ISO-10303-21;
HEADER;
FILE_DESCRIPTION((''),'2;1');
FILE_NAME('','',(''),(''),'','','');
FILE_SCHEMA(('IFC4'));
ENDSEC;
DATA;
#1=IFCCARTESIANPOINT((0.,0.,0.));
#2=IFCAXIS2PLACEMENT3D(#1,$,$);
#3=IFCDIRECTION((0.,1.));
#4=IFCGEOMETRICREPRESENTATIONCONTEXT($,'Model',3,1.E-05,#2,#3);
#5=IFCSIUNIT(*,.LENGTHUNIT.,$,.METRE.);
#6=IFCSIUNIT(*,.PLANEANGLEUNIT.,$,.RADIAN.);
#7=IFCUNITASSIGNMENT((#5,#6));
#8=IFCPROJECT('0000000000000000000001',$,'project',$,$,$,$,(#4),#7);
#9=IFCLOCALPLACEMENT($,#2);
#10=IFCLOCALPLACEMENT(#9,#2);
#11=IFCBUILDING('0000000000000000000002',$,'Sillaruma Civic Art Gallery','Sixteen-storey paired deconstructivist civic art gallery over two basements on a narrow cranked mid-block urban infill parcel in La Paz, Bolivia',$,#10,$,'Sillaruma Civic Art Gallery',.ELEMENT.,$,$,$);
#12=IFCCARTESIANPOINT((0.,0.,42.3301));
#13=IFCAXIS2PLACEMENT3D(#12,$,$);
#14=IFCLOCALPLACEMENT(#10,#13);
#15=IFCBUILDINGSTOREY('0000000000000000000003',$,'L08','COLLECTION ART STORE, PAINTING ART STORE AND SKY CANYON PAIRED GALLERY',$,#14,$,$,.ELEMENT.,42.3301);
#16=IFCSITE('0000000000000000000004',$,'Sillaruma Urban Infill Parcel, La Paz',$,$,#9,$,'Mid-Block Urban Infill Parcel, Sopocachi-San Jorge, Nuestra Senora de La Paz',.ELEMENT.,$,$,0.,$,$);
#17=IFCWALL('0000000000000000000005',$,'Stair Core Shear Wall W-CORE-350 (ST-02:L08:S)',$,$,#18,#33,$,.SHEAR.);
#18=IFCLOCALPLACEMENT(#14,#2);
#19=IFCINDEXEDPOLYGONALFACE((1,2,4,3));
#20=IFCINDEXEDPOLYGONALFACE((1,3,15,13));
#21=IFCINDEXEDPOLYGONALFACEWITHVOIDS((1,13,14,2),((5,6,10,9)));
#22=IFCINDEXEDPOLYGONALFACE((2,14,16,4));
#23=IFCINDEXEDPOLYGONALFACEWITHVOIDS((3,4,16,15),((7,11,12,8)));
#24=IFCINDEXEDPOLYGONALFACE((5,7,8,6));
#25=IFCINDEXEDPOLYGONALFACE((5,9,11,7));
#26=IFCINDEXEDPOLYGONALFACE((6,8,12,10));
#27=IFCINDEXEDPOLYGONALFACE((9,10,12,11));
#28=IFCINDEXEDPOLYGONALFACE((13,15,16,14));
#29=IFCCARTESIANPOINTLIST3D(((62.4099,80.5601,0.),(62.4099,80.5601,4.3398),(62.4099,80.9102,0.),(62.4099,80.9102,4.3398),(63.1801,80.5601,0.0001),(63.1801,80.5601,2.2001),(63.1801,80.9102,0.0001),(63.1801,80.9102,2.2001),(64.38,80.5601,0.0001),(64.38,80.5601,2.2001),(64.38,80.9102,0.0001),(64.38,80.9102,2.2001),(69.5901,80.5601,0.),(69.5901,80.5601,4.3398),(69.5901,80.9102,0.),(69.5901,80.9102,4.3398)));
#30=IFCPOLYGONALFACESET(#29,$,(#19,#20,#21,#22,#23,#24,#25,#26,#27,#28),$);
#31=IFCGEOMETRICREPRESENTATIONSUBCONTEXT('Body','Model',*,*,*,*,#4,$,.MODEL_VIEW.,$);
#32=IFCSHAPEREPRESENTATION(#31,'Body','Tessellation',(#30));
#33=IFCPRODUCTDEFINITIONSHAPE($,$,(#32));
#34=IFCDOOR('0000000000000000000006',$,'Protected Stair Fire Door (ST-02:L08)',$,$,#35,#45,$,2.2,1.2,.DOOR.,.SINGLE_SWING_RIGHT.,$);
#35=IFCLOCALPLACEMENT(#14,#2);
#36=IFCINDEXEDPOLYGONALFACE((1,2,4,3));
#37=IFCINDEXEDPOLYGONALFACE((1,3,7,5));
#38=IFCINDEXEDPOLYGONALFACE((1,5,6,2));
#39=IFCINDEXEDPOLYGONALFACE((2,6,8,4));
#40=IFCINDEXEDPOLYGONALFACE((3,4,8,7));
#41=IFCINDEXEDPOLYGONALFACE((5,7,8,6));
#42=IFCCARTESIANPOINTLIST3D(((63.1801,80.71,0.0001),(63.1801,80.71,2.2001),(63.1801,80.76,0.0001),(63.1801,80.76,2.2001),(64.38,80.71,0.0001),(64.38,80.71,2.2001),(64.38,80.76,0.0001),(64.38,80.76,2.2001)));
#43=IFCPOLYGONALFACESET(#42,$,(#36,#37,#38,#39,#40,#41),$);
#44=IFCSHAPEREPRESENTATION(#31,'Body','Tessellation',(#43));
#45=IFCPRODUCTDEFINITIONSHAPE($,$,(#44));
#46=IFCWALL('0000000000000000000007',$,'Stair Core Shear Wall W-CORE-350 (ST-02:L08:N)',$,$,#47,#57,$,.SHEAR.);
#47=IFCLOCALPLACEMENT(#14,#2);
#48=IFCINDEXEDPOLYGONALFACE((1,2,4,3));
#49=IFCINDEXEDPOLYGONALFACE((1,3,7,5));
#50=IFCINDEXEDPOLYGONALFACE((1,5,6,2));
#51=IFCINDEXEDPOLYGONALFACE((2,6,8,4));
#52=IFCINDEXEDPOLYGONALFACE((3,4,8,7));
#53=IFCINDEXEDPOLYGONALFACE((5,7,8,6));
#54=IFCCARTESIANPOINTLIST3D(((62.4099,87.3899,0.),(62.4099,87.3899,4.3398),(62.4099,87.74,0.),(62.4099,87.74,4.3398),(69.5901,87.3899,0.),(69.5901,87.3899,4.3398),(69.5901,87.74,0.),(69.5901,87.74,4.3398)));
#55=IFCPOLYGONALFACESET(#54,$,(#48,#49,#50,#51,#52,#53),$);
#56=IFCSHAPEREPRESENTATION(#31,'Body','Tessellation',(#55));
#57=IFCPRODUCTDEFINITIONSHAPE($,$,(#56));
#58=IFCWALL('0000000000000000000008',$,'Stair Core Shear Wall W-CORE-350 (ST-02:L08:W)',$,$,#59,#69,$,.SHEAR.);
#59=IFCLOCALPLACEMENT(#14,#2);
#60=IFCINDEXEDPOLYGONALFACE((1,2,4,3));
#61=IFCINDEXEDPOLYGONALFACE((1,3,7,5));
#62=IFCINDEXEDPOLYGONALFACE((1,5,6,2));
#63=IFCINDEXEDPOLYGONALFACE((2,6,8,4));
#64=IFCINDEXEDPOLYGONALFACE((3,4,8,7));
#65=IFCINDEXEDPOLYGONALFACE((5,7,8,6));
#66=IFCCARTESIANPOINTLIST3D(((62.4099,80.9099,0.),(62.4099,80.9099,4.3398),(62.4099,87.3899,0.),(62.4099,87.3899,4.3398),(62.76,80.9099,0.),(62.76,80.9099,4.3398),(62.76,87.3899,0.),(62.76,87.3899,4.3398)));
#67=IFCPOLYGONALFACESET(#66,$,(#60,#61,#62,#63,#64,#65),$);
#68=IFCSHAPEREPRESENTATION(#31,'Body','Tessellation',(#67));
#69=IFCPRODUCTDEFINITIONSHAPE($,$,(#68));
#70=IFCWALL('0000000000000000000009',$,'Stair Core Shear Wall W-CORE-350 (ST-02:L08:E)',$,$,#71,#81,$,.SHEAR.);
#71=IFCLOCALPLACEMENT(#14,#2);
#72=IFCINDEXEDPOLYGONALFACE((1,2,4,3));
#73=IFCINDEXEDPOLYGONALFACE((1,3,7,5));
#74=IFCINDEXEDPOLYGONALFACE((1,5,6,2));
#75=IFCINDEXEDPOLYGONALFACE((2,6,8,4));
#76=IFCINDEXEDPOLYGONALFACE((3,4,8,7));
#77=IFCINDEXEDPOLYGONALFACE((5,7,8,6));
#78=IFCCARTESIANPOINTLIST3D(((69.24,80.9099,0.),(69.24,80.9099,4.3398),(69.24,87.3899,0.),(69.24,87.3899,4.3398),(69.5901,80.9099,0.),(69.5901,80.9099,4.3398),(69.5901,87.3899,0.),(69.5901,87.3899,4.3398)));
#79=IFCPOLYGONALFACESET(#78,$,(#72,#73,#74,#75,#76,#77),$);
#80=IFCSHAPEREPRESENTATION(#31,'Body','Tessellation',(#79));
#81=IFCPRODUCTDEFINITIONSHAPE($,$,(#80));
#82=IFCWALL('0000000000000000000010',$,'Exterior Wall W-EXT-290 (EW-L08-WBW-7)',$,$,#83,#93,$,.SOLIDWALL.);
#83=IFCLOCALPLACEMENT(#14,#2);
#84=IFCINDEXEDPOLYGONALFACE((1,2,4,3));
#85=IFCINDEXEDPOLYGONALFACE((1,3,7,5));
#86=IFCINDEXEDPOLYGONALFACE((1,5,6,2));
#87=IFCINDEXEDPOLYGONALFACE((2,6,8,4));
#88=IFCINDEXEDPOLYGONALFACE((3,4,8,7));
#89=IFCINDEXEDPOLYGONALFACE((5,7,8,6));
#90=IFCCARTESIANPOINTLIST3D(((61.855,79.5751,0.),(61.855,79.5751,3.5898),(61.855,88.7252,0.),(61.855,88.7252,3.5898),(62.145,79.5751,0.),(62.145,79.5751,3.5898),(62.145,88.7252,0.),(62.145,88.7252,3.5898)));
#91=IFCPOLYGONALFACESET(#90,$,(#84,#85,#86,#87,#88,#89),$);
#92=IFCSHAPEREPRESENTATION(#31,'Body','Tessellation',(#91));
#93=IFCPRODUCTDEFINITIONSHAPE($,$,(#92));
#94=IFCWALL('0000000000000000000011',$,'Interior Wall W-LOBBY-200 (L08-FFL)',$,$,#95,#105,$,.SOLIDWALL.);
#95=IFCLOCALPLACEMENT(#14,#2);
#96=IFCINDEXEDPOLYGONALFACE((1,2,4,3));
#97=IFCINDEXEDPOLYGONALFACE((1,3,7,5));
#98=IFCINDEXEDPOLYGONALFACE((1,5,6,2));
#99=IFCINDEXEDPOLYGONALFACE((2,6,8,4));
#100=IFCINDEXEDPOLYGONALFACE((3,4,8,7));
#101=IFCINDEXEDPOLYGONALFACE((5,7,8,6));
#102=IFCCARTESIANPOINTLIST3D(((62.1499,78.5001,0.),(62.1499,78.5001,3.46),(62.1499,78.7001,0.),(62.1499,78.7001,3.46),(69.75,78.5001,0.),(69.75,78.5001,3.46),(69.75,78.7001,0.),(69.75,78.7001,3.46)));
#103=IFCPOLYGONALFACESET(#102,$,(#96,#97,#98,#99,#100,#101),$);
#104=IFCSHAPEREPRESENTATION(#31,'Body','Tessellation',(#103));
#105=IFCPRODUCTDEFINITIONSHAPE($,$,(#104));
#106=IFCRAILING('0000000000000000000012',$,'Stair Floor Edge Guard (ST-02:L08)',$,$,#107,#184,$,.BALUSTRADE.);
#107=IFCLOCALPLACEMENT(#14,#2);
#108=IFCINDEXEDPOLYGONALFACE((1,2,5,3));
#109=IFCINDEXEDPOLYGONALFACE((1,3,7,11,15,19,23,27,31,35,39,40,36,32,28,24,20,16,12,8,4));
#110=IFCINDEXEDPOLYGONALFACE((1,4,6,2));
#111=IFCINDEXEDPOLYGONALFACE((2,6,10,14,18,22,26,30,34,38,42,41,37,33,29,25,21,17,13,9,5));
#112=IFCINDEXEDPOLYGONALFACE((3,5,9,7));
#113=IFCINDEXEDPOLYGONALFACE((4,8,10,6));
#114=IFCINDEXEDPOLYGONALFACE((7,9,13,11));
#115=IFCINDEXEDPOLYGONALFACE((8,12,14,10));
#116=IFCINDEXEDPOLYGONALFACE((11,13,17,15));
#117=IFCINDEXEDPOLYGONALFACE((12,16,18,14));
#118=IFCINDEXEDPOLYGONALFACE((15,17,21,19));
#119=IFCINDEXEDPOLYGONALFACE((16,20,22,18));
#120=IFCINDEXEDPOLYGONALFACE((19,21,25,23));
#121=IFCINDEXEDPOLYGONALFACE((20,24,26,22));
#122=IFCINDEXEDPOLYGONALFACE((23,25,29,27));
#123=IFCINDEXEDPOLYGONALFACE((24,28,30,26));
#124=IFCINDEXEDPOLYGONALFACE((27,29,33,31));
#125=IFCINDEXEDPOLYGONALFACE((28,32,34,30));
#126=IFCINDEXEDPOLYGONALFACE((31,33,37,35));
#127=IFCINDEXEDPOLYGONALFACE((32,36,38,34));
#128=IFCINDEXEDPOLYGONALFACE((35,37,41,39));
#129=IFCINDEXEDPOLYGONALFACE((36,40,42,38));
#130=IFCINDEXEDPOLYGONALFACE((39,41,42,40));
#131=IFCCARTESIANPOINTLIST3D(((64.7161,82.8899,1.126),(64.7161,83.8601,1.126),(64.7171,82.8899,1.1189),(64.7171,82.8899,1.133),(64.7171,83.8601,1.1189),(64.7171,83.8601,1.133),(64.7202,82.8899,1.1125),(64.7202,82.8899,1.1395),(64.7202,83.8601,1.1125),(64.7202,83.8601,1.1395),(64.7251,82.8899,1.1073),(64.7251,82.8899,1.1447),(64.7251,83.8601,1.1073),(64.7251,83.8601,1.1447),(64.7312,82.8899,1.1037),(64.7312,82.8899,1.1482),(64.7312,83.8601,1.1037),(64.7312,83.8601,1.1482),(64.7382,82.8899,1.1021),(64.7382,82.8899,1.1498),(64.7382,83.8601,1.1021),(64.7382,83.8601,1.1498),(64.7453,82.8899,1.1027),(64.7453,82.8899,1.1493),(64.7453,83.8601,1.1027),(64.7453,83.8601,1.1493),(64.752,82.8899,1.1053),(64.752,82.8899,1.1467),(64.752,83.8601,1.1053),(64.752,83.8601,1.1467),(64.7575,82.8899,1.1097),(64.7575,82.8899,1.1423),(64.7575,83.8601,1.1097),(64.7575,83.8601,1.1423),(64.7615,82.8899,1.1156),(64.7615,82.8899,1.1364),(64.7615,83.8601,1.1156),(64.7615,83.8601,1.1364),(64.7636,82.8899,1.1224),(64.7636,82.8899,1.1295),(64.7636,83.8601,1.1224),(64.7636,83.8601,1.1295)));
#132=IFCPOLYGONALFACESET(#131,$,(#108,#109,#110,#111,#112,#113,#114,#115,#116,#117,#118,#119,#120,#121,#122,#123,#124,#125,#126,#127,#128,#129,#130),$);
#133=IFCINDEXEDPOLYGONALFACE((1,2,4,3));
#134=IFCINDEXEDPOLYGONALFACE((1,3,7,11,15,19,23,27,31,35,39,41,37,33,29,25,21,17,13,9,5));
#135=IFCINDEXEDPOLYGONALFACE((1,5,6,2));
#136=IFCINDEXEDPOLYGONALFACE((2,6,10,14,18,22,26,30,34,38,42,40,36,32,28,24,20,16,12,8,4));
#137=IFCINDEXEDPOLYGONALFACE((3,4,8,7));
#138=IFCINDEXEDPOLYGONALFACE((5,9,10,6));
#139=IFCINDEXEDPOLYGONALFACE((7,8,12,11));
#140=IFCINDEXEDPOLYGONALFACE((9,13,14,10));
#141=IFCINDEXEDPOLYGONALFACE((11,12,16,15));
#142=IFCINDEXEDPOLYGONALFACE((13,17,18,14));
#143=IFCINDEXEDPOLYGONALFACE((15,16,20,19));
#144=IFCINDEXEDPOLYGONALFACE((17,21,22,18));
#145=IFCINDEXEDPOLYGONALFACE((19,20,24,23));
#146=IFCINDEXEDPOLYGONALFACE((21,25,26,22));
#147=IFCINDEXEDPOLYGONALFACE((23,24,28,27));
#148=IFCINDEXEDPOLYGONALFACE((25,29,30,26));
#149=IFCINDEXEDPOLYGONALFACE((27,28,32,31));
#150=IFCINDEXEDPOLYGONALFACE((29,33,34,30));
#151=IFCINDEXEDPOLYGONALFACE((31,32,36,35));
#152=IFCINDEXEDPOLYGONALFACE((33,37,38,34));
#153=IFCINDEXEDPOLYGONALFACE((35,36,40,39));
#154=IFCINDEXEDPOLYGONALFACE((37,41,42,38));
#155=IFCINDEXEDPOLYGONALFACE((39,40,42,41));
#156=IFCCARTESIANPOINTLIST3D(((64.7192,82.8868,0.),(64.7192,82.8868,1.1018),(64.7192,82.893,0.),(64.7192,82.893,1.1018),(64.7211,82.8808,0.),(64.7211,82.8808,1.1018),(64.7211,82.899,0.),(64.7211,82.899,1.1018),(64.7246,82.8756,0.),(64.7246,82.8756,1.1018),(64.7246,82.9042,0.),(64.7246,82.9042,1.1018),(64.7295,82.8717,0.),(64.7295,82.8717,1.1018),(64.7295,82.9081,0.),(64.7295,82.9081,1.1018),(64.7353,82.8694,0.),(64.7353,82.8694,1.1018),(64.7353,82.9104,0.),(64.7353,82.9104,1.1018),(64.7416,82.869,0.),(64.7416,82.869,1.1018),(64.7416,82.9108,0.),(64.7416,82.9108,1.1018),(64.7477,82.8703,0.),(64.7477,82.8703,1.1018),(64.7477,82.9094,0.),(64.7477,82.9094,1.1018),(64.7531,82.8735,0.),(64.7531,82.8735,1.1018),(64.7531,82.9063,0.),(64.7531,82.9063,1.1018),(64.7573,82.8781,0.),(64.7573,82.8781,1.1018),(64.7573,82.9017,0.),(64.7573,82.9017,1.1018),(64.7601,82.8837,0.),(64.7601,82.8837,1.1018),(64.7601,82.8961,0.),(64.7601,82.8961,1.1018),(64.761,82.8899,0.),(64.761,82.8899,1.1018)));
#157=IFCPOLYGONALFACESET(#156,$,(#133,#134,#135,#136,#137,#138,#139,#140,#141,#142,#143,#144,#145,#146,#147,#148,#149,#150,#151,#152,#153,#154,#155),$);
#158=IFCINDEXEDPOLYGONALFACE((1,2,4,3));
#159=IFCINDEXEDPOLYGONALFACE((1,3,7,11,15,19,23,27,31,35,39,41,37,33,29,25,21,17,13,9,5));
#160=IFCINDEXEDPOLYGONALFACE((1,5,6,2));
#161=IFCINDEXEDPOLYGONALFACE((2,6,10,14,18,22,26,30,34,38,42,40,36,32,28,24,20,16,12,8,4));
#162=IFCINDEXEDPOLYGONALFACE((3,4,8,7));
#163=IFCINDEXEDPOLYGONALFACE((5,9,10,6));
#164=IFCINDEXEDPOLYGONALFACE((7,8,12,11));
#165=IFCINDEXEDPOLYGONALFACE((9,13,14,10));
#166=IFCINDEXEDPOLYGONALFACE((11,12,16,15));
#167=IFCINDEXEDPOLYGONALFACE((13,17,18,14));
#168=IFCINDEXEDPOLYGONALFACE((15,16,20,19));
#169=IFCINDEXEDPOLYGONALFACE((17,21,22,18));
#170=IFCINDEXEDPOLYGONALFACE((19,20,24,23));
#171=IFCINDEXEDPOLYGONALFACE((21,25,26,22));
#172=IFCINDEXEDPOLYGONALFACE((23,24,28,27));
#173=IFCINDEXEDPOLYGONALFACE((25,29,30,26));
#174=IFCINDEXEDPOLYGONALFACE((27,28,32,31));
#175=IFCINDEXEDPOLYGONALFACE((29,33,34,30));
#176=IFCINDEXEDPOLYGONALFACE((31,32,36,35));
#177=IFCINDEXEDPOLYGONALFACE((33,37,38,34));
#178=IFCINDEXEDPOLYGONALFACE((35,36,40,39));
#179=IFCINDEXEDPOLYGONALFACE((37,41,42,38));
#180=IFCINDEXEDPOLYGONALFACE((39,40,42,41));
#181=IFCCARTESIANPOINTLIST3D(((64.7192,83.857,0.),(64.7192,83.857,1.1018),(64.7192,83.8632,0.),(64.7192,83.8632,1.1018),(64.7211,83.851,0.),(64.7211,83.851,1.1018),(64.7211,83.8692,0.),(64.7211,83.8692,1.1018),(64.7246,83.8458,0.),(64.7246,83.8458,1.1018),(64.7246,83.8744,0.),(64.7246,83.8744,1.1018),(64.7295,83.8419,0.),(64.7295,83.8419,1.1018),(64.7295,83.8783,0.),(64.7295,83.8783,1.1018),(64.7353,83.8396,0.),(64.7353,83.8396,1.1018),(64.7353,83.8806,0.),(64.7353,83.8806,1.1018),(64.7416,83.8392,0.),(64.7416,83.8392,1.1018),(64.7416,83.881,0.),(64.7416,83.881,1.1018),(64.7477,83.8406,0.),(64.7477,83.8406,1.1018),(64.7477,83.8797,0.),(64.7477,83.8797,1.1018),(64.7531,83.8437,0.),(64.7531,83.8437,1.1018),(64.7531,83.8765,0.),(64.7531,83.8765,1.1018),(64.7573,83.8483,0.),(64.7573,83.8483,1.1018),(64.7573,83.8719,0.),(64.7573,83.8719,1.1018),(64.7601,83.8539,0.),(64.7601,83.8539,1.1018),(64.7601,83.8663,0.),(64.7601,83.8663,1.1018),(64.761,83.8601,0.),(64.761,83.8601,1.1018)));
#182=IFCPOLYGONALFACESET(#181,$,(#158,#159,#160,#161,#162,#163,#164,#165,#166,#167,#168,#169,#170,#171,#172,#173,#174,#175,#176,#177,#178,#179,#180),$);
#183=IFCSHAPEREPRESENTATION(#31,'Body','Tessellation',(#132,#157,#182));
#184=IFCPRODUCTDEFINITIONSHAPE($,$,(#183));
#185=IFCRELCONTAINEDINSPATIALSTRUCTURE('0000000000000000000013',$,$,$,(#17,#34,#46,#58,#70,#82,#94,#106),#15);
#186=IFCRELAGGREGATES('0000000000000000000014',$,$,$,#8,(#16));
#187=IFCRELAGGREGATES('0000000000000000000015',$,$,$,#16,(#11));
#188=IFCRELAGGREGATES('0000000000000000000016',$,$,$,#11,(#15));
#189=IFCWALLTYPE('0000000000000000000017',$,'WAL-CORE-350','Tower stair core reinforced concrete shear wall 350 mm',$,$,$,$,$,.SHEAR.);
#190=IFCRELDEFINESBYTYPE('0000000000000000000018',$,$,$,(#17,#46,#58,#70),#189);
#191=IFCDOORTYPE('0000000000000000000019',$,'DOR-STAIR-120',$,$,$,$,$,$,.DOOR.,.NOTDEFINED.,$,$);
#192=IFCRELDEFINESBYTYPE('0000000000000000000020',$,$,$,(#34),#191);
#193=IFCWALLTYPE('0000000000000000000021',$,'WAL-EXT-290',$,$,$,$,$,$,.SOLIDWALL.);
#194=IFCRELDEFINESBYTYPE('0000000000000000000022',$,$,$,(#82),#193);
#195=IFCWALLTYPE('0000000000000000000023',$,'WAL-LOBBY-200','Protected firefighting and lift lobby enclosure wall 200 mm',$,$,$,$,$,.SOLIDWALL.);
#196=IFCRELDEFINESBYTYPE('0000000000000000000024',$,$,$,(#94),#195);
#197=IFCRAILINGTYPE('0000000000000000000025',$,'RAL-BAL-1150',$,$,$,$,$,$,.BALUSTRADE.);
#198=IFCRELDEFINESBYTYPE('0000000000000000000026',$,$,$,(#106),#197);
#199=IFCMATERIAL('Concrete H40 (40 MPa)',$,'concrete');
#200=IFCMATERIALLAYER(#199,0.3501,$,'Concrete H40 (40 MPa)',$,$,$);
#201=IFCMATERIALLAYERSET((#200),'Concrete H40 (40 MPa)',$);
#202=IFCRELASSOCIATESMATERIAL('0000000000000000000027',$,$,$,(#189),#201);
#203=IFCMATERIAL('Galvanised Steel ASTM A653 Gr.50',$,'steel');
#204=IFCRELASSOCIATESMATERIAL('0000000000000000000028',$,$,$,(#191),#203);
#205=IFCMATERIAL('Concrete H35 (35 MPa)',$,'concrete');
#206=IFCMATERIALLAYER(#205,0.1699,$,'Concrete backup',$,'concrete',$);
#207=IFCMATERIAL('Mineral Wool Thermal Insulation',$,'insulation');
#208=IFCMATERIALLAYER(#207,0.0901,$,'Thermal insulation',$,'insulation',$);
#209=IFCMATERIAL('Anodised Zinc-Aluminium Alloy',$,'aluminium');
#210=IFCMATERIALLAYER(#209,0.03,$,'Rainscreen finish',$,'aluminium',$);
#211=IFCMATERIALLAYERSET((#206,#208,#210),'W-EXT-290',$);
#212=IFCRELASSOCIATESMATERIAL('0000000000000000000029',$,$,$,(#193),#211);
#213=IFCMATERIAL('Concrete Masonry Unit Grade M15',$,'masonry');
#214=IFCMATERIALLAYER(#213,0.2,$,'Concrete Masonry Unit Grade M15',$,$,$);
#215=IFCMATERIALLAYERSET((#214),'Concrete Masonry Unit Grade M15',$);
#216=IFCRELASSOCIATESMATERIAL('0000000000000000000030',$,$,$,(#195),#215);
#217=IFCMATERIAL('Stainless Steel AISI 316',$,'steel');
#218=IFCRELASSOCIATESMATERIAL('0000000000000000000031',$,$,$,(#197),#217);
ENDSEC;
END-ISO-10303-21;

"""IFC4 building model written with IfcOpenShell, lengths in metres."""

from ifc_helpers import new_model, si_unit, direction, frame, frame_2d, origin, origin_2d, place, context, subcontext, project, spatial, rectangle, circle, extrude, material, layer, layer_set, type_object, element, fill, save


model = new_model("IFC4")

# Units and contexts
model_context = context("Model", 3, precision=1e-05, world=origin(), true_north=direction((0.0, 1.0)))
body_context = subcontext(model_context, "Body", "Model", "MODEL_VIEW")
ifc_project = project(units=[si_unit("LENGTHUNIT", "METRE"), si_unit("PLANEANGLEUNIT", "RADIAN")], contexts=[model_context])

# Site, building, storey
site_placement = place(None, origin())
site = spatial("IfcSite", under=ifc_project, at=site_placement, Name="Sillaruma Urban Infill Parcel, La Paz", LongName="Mid-Block Urban Infill Parcel, Sopocachi-San Jorge, Nuestra Senora de La Paz", CompositionType="ELEMENT", RefElevation=0.0)
building_placement = place(site_placement, origin())
building = spatial("IfcBuilding", under=site, at=building_placement, Name="Sillaruma Civic Art Gallery", Description="Sixteen-storey paired deconstructivist civic art gallery over two basements on a narrow cranked mid-block urban infill parcel in La Paz, Bolivia", LongName="Sillaruma Civic Art Gallery", CompositionType="ELEMENT")
storey_placement = place(building_placement, frame((0.0, 0.0, 42.3301)))
storey = spatial("IfcBuildingStorey", under=building, at=storey_placement, Name="L08", Description="COLLECTION ART STORE, PAINTING ART STORE AND SKY CANYON PAIRED GALLERY", CompositionType="ELEMENT", Elevation=42.3301)

# Shared definitions
ifc_material_1 = material(Name="Concrete H40 (40 MPa)", Category="concrete")

# Shared definitions
ifc_material_2 = material(Name="Concrete H35 (35 MPa)", Category="concrete")

# Wall, opening, door
ifc_layer_1 = layer(ifc_material_1, 0.3501, Name="Concrete H40 (40 MPa)")
ifc_layer_set_1 = layer_set([ifc_layer_1], Name="Concrete H40 (40 MPa)")
wall_type_1 = type_object("IfcWallType", Name="WAL-CORE-350", Description="Tower stair core reinforced concrete shear wall 350 mm", PredefinedType="SHEAR", material=ifc_layer_set_1)
wall_1_placement = place(storey_placement, frame((62.4099, 80.7351, 0.0), z_axis=(0.0, 0.0, 1.0), x_axis=(1.0, 0.0, 0.0)))
wall_1 = element("IfcWall", 1, at=wall_1_placement, inside=storey, type_object=wall_type_1, Name="Stair Core Shear Wall W-CORE-350 (ST-02:L08:S)", PredefinedType="SHEAR", context=body_context, shape_type="SweptSolid", body=[
    extrude(rectangle(XDim=7.1802, YDim=0.3501, at=frame_2d((3.5901, 0.0))), origin(), (0.0, 0.0, 1.0), 4.3398),
])
opening_placement = place(wall_1_placement, frame((0.77, 0.0, 0.0)))
opening = element("IfcOpeningElement", 2, at=opening_placement, cuts=wall_1, PredefinedType="OPENING", context=body_context, shape_type="SweptSolid", body=[
    extrude(rectangle(XDim=1.2, YDim=2.2, at=frame_2d((0.6001, 1.1001))), frame((0.0, 0.1851, 0.0), z_axis=(0.0, -1.0, 0.0), x_axis=(1.0, 0.0, 0.0)), (0.0, 0.0, 1.0), 0.3701),
])
ifc_material_3 = material(Name="Galvanised Steel ASTM A653 Gr.50", Category="steel")
door_type = type_object("IfcDoorType", Name="DOR-STAIR-120", OperationType="NOTDEFINED", PredefinedType="DOOR", material=ifc_material_3)
door_placement = place(opening_placement, origin())
door = element("IfcDoor", 3, at=door_placement, inside=storey, type_object=door_type, Name="Protected Stair Fire Door (ST-02:L08)", OperationType="SINGLE_SWING_RIGHT", OverallHeight=2.2, OverallWidth=1.2, PredefinedType="DOOR", context=body_context, shape_type="SweptSolid", body=[
    extrude(rectangle(XDim=1.2, YDim=2.2, at=frame_2d((0.6001, 1.1001))), frame((0.0, 0.0249, 0.0), z_axis=(0.0, -1.0, 0.0), x_axis=(1.0, 0.0, 0.0)), (0.0, 0.0, 1.0), 0.05),
])
fill(opening, door)

# Walls
wall_2_placement = place(storey_placement, frame((62.4099, 87.5649, 0.0), z_axis=(0.0, 0.0, 1.0), x_axis=(1.0, 0.0, 0.0)))
element("IfcWall", 4, at=wall_2_placement, inside=storey, type_object=wall_type_1, Name="Stair Core Shear Wall W-CORE-350 (ST-02:L08:N)", PredefinedType="SHEAR", context=body_context, shape_type="SweptSolid", body=[
    extrude(rectangle(XDim=7.1802, YDim=0.3501, at=frame_2d((3.5901, 0.0))), origin(), (0.0, 0.0, 1.0), 4.3398),
])
for number, where, z_axis, x_axis, name in (
    (5, (62.585, 80.9099, 0.0), (0.0, 0.0, 1.0), (0.0, 1.0, 0.0), "Stair Core Shear Wall W-CORE-350 (ST-02:L08:W)"),
    (6, (69.415, 80.9099, 0.0), (0.0, 0.0, 1.0), (0.0, 1.0, 0.0), "Stair Core Shear Wall W-CORE-350 (ST-02:L08:E)"),
):
    element("IfcWall", number, at=place(storey_placement, frame(where, z_axis=z_axis, x_axis=x_axis)), inside=storey, type_object=wall_type_1, Name=name, PredefinedType="SHEAR", context=body_context, shape_type="SweptSolid", body=[
        extrude(rectangle(XDim=6.48, YDim=0.3501, at=frame_2d((3.24, 0.0))), origin(), (0.0, 0.0, 1.0), 4.3398),
    ])
ifc_layer_2 = layer(ifc_material_2, 0.1699, Name="Concrete backup", Category="concrete")
ifc_material_4 = material(Name="Mineral Wool Thermal Insulation", Category="insulation")
ifc_layer_3 = layer(ifc_material_4, 0.0901, Name="Thermal insulation", Category="insulation")
ifc_material_5 = material(Name="Anodised Zinc-Aluminium Alloy", Category="aluminium")
ifc_layer_4 = layer(ifc_material_5, 0.03, Name="Rainscreen finish", Category="aluminium")
ifc_layer_set_2 = layer_set([ifc_layer_2, ifc_layer_3, ifc_layer_4], Name="W-EXT-290")
wall_type_2 = type_object("IfcWallType", Name="WAL-EXT-290", PredefinedType="SOLIDWALL", material=ifc_layer_set_2)
wall_3_placement = place(storey_placement, frame((62.0, 79.575, 0.0), z_axis=(0.0, 0.0, 1.0), x_axis=(0.0, 1.0, 0.0)))
element("IfcWall", 7, at=wall_3_placement, inside=storey, type_object=wall_type_2, Name="Exterior Wall W-EXT-290 (EW-L08-WBW-7)", PredefinedType="SOLIDWALL", context=body_context, shape_type="SweptSolid", body=[
    extrude(rectangle(XDim=9.1501, YDim=0.29, at=frame_2d((4.5752, 0.0))), origin(), (0.0, 0.0, 1.0), 3.5898),
])
ifc_material_6 = material(Name="Concrete Masonry Unit Grade M15", Category="masonry")
ifc_layer_5 = layer(ifc_material_6, 0.2, Name="Concrete Masonry Unit Grade M15")
ifc_layer_set_3 = layer_set([ifc_layer_5], Name="Concrete Masonry Unit Grade M15")
wall_type_3 = type_object("IfcWallType", Name="WAL-LOBBY-200", Description="Protected firefighting and lift lobby enclosure wall 200 mm", PredefinedType="SOLIDWALL", material=ifc_layer_set_3)
wall_4_placement = place(storey_placement, frame((62.1499, 78.6001, 0.0), z_axis=(0.0, 0.0, 1.0), x_axis=(1.0, 0.0, 0.0)))
element("IfcWall", 8, at=wall_4_placement, inside=storey, type_object=wall_type_3, Name="Interior Wall W-LOBBY-200 (L08-FFL)", PredefinedType="SOLIDWALL", context=body_context, shape_type="SweptSolid", body=[
    extrude(rectangle(XDim=7.6001, YDim=0.2, at=frame_2d((3.8, 0.0))), origin(), (0.0, 0.0, 1.0), 3.46),
])

# Railing
ifc_material_7 = material(Name="Stainless Steel AISI 316", Category="steel")
railing_type_1 = type_object("IfcRailingType", Name="RAL-BAL-1150", PredefinedType="BALUSTRADE", material=ifc_material_7)
railing_1_placement = place(storey_placement, frame((64.74, 82.8899, 0.0)))
element("IfcRailing", 9, at=railing_1_placement, inside=storey, type_object=railing_type_1, Name="Stair Floor Edge Guard (ST-02:L08)", PredefinedType="BALUSTRADE", context=body_context, shape_type="SweptSolid", body=[
    extrude(circle(Radius=0.0239, at=origin_2d()), frame((0.0, 0.0, 1.126), z_axis=(0.0, 1.0, 0.0), x_axis=(-1.0, 0.0, 0.0)), (0.0, 0.0, 1.0), 0.9702),
    extrude(circle(Radius=0.021, at=origin_2d()), origin(), (0.0, 0.0, 1.0), 1.1018),
    extrude(circle(Radius=0.021, at=origin_2d()), frame((0.0, 0.9702, 0.0)), (0.0, 0.0, 1.0), 1.1018),
])

save(model, "model.ifc")
